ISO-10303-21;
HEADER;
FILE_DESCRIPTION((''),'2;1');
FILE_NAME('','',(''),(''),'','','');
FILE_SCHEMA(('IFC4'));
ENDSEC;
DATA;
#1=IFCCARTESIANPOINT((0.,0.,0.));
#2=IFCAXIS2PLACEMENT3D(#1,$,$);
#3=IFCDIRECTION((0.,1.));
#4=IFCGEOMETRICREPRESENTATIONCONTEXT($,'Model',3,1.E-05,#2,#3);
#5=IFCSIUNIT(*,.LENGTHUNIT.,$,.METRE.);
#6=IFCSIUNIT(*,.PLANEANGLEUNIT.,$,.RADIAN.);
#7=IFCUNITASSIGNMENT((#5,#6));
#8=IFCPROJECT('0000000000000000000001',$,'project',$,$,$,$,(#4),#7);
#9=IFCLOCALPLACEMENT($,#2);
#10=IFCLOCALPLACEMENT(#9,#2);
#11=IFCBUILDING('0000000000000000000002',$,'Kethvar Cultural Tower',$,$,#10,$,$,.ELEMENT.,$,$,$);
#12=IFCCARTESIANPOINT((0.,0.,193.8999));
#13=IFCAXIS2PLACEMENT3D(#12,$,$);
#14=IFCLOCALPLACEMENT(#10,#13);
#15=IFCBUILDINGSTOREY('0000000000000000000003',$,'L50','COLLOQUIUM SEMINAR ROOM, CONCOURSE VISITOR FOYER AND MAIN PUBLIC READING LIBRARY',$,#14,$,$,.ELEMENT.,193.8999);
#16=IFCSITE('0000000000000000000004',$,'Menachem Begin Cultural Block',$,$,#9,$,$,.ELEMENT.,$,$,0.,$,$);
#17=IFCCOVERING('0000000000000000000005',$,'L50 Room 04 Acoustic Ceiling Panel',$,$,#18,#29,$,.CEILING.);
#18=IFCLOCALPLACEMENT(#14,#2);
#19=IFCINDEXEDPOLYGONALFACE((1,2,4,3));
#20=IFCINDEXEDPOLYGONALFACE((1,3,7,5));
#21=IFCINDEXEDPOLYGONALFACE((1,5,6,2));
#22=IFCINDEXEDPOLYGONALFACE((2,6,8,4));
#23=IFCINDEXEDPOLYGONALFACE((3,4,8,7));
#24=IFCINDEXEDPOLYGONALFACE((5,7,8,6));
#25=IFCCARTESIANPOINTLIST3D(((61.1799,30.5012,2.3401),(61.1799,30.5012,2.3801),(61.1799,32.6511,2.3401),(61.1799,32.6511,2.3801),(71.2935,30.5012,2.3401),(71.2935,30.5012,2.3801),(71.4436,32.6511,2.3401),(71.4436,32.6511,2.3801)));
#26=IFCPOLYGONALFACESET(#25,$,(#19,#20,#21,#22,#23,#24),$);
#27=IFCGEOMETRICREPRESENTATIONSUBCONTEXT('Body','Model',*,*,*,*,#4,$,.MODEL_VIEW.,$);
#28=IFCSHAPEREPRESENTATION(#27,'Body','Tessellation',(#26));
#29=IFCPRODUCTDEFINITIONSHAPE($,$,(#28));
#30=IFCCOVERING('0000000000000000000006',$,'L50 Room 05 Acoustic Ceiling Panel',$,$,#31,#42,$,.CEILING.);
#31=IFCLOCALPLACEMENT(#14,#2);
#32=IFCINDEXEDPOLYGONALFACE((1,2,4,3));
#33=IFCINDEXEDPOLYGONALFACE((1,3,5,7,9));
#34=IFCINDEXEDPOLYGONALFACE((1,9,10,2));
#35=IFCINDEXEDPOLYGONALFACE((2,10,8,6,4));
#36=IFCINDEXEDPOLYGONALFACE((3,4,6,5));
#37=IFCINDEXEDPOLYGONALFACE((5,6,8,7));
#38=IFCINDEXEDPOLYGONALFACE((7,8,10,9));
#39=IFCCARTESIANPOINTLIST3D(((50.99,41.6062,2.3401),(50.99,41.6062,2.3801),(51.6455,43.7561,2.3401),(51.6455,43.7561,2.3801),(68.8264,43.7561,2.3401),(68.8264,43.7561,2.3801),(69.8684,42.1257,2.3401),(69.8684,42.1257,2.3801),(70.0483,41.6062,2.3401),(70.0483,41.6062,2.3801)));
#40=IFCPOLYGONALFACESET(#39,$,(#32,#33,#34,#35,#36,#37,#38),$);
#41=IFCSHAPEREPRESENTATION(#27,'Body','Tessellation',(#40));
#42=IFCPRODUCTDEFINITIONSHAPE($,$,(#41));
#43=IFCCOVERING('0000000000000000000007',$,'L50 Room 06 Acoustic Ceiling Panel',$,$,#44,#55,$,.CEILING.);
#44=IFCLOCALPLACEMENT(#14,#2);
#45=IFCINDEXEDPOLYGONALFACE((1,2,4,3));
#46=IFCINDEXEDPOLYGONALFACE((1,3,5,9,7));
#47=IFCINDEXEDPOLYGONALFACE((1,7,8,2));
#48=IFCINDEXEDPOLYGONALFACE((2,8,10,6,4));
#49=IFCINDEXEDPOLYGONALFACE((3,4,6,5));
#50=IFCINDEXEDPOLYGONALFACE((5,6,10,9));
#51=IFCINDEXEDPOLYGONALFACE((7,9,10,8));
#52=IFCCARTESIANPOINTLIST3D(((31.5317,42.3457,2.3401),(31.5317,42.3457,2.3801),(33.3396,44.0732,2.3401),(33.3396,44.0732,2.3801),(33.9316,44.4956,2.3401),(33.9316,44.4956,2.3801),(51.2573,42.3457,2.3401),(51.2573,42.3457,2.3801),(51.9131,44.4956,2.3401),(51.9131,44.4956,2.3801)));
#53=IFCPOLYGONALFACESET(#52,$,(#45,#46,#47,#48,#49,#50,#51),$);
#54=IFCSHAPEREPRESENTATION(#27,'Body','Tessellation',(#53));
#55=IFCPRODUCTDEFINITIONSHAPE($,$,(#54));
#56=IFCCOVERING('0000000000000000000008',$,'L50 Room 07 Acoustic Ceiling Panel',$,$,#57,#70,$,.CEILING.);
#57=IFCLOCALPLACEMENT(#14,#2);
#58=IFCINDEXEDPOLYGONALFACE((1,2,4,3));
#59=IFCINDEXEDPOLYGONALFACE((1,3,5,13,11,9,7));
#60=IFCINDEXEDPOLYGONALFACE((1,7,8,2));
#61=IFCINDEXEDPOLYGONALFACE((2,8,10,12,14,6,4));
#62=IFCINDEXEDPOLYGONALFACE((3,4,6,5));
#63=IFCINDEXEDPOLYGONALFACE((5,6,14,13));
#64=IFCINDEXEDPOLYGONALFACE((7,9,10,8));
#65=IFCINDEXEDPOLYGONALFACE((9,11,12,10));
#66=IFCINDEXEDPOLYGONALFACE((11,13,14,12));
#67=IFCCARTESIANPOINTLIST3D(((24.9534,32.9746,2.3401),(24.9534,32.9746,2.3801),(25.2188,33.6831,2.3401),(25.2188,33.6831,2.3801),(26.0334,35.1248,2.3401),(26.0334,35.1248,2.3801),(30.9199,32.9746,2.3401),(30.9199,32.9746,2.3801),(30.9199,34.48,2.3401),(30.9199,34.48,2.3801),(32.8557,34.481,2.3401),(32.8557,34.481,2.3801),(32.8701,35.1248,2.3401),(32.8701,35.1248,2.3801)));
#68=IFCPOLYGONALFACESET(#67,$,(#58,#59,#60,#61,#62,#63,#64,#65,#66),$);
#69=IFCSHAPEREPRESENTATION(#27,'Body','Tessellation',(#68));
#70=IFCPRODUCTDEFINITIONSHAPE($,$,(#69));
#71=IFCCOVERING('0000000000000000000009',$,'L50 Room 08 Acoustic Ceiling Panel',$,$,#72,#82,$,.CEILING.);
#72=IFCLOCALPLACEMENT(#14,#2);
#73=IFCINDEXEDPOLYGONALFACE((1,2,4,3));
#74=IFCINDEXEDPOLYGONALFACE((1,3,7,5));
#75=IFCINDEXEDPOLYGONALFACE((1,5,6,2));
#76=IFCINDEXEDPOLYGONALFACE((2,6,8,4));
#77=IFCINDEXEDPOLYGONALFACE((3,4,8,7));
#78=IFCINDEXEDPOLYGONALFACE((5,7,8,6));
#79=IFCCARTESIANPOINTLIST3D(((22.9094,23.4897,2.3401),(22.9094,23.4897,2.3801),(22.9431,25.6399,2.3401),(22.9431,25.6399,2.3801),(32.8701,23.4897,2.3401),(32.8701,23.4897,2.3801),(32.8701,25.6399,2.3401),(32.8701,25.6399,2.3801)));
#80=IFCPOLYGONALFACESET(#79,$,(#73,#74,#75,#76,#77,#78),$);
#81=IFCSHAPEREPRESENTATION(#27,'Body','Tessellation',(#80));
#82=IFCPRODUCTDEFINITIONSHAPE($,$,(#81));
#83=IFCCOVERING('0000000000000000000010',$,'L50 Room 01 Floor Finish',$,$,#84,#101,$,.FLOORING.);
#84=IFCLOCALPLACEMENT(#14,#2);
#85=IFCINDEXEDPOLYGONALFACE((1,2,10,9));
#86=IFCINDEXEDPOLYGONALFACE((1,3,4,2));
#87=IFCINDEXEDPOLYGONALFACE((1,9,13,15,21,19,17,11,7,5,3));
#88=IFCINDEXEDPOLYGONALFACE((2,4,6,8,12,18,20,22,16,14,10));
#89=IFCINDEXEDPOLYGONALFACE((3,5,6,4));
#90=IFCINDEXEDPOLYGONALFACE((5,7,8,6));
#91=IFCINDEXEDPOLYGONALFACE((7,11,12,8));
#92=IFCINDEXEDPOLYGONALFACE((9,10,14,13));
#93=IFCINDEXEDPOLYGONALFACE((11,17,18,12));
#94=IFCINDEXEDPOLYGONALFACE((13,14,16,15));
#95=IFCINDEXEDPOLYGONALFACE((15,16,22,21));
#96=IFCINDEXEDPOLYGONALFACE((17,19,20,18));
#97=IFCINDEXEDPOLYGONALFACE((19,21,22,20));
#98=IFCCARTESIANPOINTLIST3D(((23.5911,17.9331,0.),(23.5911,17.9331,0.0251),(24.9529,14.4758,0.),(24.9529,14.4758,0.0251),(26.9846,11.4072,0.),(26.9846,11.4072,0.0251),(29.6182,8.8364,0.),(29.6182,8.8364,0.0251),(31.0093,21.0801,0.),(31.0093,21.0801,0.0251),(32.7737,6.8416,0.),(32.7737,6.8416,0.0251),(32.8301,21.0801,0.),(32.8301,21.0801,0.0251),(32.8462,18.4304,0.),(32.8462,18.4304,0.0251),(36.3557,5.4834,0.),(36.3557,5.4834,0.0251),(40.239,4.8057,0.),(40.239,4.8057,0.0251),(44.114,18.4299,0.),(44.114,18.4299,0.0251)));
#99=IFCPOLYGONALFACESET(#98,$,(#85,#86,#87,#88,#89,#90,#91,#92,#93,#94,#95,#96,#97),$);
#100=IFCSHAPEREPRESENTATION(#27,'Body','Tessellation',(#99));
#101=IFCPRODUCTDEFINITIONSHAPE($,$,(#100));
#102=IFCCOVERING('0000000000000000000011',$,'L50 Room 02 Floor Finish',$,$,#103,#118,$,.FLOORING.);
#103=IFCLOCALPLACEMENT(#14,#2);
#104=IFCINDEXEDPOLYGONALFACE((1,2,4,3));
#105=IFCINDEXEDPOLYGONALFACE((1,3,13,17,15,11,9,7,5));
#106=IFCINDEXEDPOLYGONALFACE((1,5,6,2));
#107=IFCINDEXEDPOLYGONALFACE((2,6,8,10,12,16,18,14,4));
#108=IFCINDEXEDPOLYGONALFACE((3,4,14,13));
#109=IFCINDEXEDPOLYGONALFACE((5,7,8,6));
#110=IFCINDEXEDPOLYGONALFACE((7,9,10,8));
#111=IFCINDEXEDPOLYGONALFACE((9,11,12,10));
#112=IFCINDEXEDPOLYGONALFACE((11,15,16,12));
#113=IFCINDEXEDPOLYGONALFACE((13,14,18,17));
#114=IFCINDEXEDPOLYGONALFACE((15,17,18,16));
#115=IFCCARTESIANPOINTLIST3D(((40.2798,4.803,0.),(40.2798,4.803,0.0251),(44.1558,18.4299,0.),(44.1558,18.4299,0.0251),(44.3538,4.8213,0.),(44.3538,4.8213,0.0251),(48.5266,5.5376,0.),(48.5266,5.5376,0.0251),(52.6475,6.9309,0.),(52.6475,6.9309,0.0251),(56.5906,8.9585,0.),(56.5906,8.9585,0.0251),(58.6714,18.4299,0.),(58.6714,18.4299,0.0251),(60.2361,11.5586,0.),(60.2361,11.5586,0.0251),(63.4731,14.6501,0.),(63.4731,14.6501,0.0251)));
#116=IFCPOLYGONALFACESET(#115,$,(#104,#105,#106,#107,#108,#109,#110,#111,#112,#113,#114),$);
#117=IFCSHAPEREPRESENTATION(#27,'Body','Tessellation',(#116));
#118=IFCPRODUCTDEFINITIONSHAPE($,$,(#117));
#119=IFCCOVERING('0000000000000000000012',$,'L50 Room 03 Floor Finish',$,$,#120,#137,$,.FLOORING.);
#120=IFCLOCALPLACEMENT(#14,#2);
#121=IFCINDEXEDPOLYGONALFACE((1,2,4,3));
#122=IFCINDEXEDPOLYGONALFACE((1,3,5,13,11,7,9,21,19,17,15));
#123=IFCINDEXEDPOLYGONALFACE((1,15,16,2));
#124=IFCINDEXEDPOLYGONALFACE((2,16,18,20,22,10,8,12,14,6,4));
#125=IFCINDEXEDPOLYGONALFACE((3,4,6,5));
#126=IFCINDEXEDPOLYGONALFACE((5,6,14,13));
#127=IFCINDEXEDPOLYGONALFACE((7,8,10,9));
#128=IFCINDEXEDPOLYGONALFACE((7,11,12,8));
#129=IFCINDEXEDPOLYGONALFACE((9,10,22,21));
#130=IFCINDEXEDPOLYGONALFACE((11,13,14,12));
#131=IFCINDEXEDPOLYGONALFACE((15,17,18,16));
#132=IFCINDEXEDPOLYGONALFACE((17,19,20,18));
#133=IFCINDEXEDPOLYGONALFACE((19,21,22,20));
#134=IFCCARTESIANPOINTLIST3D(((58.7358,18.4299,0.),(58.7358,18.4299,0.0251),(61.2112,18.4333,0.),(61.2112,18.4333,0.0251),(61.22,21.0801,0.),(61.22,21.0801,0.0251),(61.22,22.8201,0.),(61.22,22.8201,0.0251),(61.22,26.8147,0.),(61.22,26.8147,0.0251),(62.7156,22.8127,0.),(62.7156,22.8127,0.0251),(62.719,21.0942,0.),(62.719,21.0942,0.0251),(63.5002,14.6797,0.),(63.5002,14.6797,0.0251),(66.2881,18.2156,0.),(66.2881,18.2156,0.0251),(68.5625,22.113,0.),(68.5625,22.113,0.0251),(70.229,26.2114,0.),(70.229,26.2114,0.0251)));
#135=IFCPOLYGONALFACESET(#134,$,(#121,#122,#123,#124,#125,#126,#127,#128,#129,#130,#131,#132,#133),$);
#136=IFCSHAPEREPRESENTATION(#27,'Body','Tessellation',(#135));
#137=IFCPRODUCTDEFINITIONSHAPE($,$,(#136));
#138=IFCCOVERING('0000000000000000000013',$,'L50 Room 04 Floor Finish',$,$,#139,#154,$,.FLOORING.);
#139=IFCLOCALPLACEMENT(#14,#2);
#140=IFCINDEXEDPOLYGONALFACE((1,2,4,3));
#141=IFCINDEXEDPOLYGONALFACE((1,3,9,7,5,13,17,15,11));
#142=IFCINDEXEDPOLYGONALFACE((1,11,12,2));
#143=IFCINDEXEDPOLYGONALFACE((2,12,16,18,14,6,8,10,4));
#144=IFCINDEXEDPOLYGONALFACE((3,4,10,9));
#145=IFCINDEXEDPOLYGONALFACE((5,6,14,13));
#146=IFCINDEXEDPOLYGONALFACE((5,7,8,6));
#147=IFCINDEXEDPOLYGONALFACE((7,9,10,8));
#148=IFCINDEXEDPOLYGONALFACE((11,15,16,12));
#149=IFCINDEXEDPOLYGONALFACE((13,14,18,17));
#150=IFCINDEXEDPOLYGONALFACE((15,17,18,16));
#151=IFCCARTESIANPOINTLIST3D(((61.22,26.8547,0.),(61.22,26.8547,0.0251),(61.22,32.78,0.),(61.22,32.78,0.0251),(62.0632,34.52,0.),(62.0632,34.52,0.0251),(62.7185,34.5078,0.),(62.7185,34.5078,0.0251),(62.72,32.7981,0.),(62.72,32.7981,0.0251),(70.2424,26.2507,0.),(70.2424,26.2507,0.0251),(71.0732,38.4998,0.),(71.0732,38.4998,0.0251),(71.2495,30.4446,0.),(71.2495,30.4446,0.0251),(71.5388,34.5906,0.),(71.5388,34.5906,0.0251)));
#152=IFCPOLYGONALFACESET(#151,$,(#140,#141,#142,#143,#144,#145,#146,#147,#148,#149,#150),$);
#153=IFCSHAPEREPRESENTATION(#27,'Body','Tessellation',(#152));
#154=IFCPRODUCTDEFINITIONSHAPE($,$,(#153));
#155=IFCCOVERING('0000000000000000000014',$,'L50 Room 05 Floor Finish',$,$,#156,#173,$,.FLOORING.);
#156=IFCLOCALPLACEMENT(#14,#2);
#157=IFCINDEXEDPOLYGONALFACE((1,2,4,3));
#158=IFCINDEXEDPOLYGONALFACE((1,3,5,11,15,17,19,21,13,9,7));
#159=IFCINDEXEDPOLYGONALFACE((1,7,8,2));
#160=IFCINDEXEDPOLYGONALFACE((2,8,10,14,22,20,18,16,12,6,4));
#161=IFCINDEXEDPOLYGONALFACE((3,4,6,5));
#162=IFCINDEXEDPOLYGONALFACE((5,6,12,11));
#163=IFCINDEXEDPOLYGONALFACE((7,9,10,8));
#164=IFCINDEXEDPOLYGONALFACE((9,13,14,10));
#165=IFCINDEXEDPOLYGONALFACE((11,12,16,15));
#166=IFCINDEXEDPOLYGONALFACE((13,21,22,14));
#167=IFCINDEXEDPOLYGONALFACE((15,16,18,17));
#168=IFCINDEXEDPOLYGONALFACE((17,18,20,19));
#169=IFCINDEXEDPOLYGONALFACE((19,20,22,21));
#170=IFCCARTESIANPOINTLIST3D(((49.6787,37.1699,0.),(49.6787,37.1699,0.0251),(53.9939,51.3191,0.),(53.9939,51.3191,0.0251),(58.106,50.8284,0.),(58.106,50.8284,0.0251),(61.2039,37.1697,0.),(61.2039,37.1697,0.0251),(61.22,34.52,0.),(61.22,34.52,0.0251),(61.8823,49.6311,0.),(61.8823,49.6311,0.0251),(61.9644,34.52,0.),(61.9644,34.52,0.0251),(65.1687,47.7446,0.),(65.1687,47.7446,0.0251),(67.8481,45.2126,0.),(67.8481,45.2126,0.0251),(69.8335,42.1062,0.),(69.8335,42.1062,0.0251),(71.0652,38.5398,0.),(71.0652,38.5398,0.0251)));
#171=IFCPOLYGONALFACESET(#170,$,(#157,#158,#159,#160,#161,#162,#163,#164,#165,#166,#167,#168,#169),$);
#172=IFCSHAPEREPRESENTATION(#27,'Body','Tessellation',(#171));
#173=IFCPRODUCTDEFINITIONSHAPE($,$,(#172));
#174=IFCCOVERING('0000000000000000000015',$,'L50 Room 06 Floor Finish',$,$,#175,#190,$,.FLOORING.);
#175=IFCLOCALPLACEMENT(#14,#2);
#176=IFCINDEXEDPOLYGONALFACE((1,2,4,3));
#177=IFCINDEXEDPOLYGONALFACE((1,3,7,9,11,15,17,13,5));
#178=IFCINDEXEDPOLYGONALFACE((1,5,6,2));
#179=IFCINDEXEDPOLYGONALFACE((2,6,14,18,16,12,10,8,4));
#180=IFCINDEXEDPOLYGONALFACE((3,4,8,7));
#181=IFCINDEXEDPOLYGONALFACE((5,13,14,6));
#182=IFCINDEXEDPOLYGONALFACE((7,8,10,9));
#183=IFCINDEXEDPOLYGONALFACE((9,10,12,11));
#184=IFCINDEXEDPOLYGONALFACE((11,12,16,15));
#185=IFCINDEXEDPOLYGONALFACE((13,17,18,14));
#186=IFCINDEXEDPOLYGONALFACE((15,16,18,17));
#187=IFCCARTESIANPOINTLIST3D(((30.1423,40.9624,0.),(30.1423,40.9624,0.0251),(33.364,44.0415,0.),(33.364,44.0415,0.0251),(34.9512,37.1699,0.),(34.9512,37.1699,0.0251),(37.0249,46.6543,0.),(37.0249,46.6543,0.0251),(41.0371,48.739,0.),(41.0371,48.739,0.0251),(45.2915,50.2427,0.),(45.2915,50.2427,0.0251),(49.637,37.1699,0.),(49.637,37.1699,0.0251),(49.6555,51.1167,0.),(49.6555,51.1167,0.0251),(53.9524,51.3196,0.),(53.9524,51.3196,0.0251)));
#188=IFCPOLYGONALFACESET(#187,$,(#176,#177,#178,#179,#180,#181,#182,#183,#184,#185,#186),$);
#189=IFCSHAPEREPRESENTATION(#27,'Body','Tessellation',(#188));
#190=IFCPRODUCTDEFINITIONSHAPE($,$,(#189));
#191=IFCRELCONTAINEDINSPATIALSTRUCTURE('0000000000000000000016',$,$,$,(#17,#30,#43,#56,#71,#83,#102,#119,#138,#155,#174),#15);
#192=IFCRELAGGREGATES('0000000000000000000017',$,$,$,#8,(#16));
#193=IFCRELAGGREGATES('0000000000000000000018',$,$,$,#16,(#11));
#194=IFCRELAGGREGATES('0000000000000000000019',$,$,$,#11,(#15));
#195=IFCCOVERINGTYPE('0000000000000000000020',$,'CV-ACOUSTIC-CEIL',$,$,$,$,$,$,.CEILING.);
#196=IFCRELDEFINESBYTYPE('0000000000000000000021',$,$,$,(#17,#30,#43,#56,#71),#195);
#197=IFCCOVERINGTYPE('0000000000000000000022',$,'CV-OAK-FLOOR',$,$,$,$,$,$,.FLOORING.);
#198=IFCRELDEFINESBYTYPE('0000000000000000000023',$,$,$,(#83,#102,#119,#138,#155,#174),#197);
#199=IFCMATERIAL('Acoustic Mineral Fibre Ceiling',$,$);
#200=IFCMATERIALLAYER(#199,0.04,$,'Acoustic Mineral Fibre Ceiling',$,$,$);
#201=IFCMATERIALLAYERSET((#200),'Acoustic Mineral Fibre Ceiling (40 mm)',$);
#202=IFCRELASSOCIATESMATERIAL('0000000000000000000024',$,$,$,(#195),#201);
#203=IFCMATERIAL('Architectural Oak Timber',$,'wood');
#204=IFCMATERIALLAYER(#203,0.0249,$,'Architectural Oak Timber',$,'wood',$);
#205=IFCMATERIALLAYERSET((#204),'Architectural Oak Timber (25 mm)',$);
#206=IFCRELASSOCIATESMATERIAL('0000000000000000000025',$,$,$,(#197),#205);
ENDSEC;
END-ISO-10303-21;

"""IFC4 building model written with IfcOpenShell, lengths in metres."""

from ifc_helpers import new_model, si_unit, direction, frame, origin, place, context, subcontext, project, spatial, polyline, outline, extrude, material, layer, layer_set, type_object, element, save


model = new_model("IFC4")

# Units and contexts
model_context = context("Model", 3, precision=1e-05, world=origin(), true_north=direction((0.0, 1.0)))
body_context = subcontext(model_context, "Body", "Model", "MODEL_VIEW")
ifc_project = project(units=[si_unit("LENGTHUNIT", "METRE"), si_unit("PLANEANGLEUNIT", "RADIAN")], contexts=[model_context])

# Site, building, storey
site_placement = place(None, origin())
site = spatial("IfcSite", under=ifc_project, at=site_placement, Name="Menachem Begin Cultural Block", CompositionType="ELEMENT", RefElevation=0.0)
building_placement = place(site_placement, origin())
building = spatial("IfcBuilding", under=site, at=building_placement, Name="Kethvar Cultural Tower", CompositionType="ELEMENT")
storey_placement = place(building_placement, frame((0.0, 0.0, 193.8999)))
storey = spatial("IfcBuildingStorey", under=building, at=storey_placement, Name="L50", Description="COLLOQUIUM SEMINAR ROOM, CONCOURSE VISITOR FOYER AND MAIN PUBLIC READING LIBRARY", CompositionType="ELEMENT", Elevation=193.8999)

# Coverings
ifc_material_1 = material(Name="Acoustic Mineral Fibre Ceiling")
ifc_layer_1 = layer(ifc_material_1, 0.04, Name="Acoustic Mineral Fibre Ceiling")
ifc_layer_set_1 = layer_set([ifc_layer_1], Name="Acoustic Mineral Fibre Ceiling (40 mm)")
covering_type_1 = type_object("IfcCoveringType", Name="CV-ACOUSTIC-CEIL", PredefinedType="CEILING", material=ifc_layer_set_1)
covering_1_placement = place(storey_placement, frame((0.0, 0.0, 2.3401)))
element("IfcCovering", 1, at=covering_1_placement, inside=storey, type_object=covering_type_1, Name="L50 Room 04 Acoustic Ceiling Panel", PredefinedType="CEILING", context=body_context, shape_type="SweptSolid", body=[
    extrude(outline(polyline([(71.2935, 30.5012), (61.1799, 30.5012), (61.1799, 32.6511), (71.4436, 32.6511), (71.2935, 30.5012)])), origin(), (0.0, 0.0, 1.0), 0.04),
])
covering_2_placement = place(storey_placement, frame((0.0, 0.0, 2.3401)))
element("IfcCovering", 2, at=covering_2_placement, inside=storey, type_object=covering_type_1, Name="L50 Room 05 Acoustic Ceiling Panel", PredefinedType="CEILING", context=body_context, shape_type="SweptSolid", body=[
    extrude(outline(polyline([(51.6455, 43.7561), (68.8264, 43.7561), (69.8684, 42.1257), (70.0483, 41.6062), (50.99, 41.6062), (51.6455, 43.7561)])), origin(), (0.0, 0.0, 1.0), 0.04),
])
covering_3_placement = place(storey_placement, frame((0.0, 0.0, 2.3401)))
element("IfcCovering", 3, at=covering_3_placement, inside=storey, type_object=covering_type_1, Name="L50 Room 06 Acoustic Ceiling Panel", PredefinedType="CEILING", context=body_context, shape_type="SweptSolid", body=[
    extrude(outline(polyline([(33.3396, 44.0732), (33.9316, 44.4956), (51.9131, 44.4956), (51.2573, 42.3457), (31.5317, 42.3457), (33.3396, 44.0732)])), origin(), (0.0, 0.0, 1.0), 0.04),
])
covering_4_placement = place(storey_placement, frame((0.0, 0.0, 2.3401)))
element("IfcCovering", 4, at=covering_4_placement, inside=storey, type_object=covering_type_1, Name="L50 Room 07 Acoustic Ceiling Panel", PredefinedType="CEILING", context=body_context, shape_type="SweptSolid", body=[
    extrude(outline(polyline([(25.2188, 33.6831), (26.0334, 35.1248), (32.8701, 35.1248), (32.8557, 34.481), (30.9199, 34.48), (30.9199, 32.9746), (24.9534, 32.9746), (25.2188, 33.6831)])), origin(), (0.0, 0.0, 1.0), 0.04),
])
covering_5_placement = place(storey_placement, frame((0.0, 0.0, 2.3401)))
element("IfcCovering", 5, at=covering_5_placement, inside=storey, type_object=covering_type_1, Name="L50 Room 08 Acoustic Ceiling Panel", PredefinedType="CEILING", context=body_context, shape_type="SweptSolid", body=[
    extrude(outline(polyline([(22.9431, 25.6399), (32.8701, 25.6399), (32.8701, 23.4897), (22.9094, 23.4897), (22.9431, 25.6399)])), origin(), (0.0, 0.0, 1.0), 0.04),
])
ifc_material_2 = material(Name="Architectural Oak Timber", Category="wood")
ifc_layer_2 = layer(ifc_material_2, 0.0249, Name="Architectural Oak Timber", Category="wood")
ifc_layer_set_2 = layer_set([ifc_layer_2], Name="Architectural Oak Timber (25 mm)")
covering_type_2 = type_object("IfcCoveringType", Name="CV-OAK-FLOOR", PredefinedType="FLOORING", material=ifc_layer_set_2)
covering_6_placement = place(storey_placement, origin())
element("IfcCovering", 6, at=covering_6_placement, inside=storey, type_object=covering_type_2, Name="L50 Room 01 Floor Finish", PredefinedType="FLOORING", context=body_context, shape_type="SweptSolid", body=[
    extrude(outline(polyline([(36.3557, 5.4834), (32.7737, 6.8416), (29.6182, 8.8364), (26.9846, 11.4072), (24.9529, 14.4758), (23.5911, 17.9331), (31.0093, 21.0801), (32.8301, 21.0801), (32.8462, 18.4304), (44.114, 18.4299), (40.239, 4.8057), (36.3557, 5.4834)])), origin(), (0.0, 0.0, 1.0), 0.0251),
])
covering_7_placement = place(storey_placement, origin())
element("IfcCovering", 7, at=covering_7_placement, inside=storey, type_object=covering_type_2, Name="L50 Room 02 Floor Finish", PredefinedType="FLOORING", context=body_context, shape_type="SweptSolid", body=[
    extrude(outline(polyline([(63.4731, 14.6501), (60.2361, 11.5586), (56.5906, 8.9585), (52.6475, 6.9309), (48.5266, 5.5376), (44.3538, 4.8213), (40.2798, 4.803), (44.1558, 18.4299), (58.6714, 18.4299), (63.4731, 14.6501)])), origin(), (0.0, 0.0, 1.0), 0.0251),
])
covering_8_placement = place(storey_placement, origin())
element("IfcCovering", 8, at=covering_8_placement, inside=storey, type_object=covering_type_2, Name="L50 Room 03 Floor Finish", PredefinedType="FLOORING", context=body_context, shape_type="SweptSolid", body=[
    extrude(outline(polyline([(68.5625, 22.113), (66.2881, 18.2156), (63.5002, 14.6797), (58.7358, 18.4299), (61.2112, 18.4333), (61.22, 21.0801), (62.719, 21.0942), (62.7156, 22.8127), (61.22, 22.8201), (61.22, 26.8147), (70.229, 26.2114), (68.5625, 22.113)])), origin(), (0.0, 0.0, 1.0), 0.0251),
])
covering_9_placement = place(storey_placement, origin())
element("IfcCovering", 9, at=covering_9_placement, inside=storey, type_object=covering_type_2, Name="L50 Room 04 Floor Finish", PredefinedType="FLOORING", context=body_context, shape_type="SweptSolid", body=[
    extrude(outline(polyline([(71.5388, 34.5906), (71.2495, 30.4446), (70.2424, 26.2507), (61.22, 26.8547), (61.22, 32.78), (62.72, 32.7981), (62.7185, 34.5078), (62.0632, 34.52), (71.0732, 38.4998), (71.5388, 34.5906)])), origin(), (0.0, 0.0, 1.0), 0.0251),
])
covering_10_placement = place(storey_placement, origin())
element("IfcCovering", 10, at=covering_10_placement, inside=storey, type_object=covering_type_2, Name="L50 Room 05 Floor Finish", PredefinedType="FLOORING", context=body_context, shape_type="SweptSolid", body=[
    extrude(outline(polyline([(71.0652, 38.5398), (61.9644, 34.52), (61.22, 34.52), (61.2039, 37.1697), (49.6787, 37.1699), (53.9939, 51.3191), (58.106, 50.8284), (61.8823, 49.6311), (65.1687, 47.7446), (67.8481, 45.2126), (69.8335, 42.1062), (71.0652, 38.5398)])), origin(), (0.0, 0.0, 1.0), 0.0251),
])
covering_11_placement = place(storey_placement, origin())
element("IfcCovering", 11, at=covering_11_placement, inside=storey, type_object=covering_type_2, Name="L50 Room 06 Floor Finish", PredefinedType="FLOORING", context=body_context, shape_type="SweptSolid", body=[
    extrude(outline(polyline([(33.364, 44.0415), (37.0249, 46.6543), (41.0371, 48.739), (45.2915, 50.2427), (49.6555, 51.1167), (53.9524, 51.3196), (49.637, 37.1699), (34.9512, 37.1699), (30.1423, 40.9624), (33.364, 44.0415)])), origin(), (0.0, 0.0, 1.0), 0.0251),
])

save(model, "model.ifc")
